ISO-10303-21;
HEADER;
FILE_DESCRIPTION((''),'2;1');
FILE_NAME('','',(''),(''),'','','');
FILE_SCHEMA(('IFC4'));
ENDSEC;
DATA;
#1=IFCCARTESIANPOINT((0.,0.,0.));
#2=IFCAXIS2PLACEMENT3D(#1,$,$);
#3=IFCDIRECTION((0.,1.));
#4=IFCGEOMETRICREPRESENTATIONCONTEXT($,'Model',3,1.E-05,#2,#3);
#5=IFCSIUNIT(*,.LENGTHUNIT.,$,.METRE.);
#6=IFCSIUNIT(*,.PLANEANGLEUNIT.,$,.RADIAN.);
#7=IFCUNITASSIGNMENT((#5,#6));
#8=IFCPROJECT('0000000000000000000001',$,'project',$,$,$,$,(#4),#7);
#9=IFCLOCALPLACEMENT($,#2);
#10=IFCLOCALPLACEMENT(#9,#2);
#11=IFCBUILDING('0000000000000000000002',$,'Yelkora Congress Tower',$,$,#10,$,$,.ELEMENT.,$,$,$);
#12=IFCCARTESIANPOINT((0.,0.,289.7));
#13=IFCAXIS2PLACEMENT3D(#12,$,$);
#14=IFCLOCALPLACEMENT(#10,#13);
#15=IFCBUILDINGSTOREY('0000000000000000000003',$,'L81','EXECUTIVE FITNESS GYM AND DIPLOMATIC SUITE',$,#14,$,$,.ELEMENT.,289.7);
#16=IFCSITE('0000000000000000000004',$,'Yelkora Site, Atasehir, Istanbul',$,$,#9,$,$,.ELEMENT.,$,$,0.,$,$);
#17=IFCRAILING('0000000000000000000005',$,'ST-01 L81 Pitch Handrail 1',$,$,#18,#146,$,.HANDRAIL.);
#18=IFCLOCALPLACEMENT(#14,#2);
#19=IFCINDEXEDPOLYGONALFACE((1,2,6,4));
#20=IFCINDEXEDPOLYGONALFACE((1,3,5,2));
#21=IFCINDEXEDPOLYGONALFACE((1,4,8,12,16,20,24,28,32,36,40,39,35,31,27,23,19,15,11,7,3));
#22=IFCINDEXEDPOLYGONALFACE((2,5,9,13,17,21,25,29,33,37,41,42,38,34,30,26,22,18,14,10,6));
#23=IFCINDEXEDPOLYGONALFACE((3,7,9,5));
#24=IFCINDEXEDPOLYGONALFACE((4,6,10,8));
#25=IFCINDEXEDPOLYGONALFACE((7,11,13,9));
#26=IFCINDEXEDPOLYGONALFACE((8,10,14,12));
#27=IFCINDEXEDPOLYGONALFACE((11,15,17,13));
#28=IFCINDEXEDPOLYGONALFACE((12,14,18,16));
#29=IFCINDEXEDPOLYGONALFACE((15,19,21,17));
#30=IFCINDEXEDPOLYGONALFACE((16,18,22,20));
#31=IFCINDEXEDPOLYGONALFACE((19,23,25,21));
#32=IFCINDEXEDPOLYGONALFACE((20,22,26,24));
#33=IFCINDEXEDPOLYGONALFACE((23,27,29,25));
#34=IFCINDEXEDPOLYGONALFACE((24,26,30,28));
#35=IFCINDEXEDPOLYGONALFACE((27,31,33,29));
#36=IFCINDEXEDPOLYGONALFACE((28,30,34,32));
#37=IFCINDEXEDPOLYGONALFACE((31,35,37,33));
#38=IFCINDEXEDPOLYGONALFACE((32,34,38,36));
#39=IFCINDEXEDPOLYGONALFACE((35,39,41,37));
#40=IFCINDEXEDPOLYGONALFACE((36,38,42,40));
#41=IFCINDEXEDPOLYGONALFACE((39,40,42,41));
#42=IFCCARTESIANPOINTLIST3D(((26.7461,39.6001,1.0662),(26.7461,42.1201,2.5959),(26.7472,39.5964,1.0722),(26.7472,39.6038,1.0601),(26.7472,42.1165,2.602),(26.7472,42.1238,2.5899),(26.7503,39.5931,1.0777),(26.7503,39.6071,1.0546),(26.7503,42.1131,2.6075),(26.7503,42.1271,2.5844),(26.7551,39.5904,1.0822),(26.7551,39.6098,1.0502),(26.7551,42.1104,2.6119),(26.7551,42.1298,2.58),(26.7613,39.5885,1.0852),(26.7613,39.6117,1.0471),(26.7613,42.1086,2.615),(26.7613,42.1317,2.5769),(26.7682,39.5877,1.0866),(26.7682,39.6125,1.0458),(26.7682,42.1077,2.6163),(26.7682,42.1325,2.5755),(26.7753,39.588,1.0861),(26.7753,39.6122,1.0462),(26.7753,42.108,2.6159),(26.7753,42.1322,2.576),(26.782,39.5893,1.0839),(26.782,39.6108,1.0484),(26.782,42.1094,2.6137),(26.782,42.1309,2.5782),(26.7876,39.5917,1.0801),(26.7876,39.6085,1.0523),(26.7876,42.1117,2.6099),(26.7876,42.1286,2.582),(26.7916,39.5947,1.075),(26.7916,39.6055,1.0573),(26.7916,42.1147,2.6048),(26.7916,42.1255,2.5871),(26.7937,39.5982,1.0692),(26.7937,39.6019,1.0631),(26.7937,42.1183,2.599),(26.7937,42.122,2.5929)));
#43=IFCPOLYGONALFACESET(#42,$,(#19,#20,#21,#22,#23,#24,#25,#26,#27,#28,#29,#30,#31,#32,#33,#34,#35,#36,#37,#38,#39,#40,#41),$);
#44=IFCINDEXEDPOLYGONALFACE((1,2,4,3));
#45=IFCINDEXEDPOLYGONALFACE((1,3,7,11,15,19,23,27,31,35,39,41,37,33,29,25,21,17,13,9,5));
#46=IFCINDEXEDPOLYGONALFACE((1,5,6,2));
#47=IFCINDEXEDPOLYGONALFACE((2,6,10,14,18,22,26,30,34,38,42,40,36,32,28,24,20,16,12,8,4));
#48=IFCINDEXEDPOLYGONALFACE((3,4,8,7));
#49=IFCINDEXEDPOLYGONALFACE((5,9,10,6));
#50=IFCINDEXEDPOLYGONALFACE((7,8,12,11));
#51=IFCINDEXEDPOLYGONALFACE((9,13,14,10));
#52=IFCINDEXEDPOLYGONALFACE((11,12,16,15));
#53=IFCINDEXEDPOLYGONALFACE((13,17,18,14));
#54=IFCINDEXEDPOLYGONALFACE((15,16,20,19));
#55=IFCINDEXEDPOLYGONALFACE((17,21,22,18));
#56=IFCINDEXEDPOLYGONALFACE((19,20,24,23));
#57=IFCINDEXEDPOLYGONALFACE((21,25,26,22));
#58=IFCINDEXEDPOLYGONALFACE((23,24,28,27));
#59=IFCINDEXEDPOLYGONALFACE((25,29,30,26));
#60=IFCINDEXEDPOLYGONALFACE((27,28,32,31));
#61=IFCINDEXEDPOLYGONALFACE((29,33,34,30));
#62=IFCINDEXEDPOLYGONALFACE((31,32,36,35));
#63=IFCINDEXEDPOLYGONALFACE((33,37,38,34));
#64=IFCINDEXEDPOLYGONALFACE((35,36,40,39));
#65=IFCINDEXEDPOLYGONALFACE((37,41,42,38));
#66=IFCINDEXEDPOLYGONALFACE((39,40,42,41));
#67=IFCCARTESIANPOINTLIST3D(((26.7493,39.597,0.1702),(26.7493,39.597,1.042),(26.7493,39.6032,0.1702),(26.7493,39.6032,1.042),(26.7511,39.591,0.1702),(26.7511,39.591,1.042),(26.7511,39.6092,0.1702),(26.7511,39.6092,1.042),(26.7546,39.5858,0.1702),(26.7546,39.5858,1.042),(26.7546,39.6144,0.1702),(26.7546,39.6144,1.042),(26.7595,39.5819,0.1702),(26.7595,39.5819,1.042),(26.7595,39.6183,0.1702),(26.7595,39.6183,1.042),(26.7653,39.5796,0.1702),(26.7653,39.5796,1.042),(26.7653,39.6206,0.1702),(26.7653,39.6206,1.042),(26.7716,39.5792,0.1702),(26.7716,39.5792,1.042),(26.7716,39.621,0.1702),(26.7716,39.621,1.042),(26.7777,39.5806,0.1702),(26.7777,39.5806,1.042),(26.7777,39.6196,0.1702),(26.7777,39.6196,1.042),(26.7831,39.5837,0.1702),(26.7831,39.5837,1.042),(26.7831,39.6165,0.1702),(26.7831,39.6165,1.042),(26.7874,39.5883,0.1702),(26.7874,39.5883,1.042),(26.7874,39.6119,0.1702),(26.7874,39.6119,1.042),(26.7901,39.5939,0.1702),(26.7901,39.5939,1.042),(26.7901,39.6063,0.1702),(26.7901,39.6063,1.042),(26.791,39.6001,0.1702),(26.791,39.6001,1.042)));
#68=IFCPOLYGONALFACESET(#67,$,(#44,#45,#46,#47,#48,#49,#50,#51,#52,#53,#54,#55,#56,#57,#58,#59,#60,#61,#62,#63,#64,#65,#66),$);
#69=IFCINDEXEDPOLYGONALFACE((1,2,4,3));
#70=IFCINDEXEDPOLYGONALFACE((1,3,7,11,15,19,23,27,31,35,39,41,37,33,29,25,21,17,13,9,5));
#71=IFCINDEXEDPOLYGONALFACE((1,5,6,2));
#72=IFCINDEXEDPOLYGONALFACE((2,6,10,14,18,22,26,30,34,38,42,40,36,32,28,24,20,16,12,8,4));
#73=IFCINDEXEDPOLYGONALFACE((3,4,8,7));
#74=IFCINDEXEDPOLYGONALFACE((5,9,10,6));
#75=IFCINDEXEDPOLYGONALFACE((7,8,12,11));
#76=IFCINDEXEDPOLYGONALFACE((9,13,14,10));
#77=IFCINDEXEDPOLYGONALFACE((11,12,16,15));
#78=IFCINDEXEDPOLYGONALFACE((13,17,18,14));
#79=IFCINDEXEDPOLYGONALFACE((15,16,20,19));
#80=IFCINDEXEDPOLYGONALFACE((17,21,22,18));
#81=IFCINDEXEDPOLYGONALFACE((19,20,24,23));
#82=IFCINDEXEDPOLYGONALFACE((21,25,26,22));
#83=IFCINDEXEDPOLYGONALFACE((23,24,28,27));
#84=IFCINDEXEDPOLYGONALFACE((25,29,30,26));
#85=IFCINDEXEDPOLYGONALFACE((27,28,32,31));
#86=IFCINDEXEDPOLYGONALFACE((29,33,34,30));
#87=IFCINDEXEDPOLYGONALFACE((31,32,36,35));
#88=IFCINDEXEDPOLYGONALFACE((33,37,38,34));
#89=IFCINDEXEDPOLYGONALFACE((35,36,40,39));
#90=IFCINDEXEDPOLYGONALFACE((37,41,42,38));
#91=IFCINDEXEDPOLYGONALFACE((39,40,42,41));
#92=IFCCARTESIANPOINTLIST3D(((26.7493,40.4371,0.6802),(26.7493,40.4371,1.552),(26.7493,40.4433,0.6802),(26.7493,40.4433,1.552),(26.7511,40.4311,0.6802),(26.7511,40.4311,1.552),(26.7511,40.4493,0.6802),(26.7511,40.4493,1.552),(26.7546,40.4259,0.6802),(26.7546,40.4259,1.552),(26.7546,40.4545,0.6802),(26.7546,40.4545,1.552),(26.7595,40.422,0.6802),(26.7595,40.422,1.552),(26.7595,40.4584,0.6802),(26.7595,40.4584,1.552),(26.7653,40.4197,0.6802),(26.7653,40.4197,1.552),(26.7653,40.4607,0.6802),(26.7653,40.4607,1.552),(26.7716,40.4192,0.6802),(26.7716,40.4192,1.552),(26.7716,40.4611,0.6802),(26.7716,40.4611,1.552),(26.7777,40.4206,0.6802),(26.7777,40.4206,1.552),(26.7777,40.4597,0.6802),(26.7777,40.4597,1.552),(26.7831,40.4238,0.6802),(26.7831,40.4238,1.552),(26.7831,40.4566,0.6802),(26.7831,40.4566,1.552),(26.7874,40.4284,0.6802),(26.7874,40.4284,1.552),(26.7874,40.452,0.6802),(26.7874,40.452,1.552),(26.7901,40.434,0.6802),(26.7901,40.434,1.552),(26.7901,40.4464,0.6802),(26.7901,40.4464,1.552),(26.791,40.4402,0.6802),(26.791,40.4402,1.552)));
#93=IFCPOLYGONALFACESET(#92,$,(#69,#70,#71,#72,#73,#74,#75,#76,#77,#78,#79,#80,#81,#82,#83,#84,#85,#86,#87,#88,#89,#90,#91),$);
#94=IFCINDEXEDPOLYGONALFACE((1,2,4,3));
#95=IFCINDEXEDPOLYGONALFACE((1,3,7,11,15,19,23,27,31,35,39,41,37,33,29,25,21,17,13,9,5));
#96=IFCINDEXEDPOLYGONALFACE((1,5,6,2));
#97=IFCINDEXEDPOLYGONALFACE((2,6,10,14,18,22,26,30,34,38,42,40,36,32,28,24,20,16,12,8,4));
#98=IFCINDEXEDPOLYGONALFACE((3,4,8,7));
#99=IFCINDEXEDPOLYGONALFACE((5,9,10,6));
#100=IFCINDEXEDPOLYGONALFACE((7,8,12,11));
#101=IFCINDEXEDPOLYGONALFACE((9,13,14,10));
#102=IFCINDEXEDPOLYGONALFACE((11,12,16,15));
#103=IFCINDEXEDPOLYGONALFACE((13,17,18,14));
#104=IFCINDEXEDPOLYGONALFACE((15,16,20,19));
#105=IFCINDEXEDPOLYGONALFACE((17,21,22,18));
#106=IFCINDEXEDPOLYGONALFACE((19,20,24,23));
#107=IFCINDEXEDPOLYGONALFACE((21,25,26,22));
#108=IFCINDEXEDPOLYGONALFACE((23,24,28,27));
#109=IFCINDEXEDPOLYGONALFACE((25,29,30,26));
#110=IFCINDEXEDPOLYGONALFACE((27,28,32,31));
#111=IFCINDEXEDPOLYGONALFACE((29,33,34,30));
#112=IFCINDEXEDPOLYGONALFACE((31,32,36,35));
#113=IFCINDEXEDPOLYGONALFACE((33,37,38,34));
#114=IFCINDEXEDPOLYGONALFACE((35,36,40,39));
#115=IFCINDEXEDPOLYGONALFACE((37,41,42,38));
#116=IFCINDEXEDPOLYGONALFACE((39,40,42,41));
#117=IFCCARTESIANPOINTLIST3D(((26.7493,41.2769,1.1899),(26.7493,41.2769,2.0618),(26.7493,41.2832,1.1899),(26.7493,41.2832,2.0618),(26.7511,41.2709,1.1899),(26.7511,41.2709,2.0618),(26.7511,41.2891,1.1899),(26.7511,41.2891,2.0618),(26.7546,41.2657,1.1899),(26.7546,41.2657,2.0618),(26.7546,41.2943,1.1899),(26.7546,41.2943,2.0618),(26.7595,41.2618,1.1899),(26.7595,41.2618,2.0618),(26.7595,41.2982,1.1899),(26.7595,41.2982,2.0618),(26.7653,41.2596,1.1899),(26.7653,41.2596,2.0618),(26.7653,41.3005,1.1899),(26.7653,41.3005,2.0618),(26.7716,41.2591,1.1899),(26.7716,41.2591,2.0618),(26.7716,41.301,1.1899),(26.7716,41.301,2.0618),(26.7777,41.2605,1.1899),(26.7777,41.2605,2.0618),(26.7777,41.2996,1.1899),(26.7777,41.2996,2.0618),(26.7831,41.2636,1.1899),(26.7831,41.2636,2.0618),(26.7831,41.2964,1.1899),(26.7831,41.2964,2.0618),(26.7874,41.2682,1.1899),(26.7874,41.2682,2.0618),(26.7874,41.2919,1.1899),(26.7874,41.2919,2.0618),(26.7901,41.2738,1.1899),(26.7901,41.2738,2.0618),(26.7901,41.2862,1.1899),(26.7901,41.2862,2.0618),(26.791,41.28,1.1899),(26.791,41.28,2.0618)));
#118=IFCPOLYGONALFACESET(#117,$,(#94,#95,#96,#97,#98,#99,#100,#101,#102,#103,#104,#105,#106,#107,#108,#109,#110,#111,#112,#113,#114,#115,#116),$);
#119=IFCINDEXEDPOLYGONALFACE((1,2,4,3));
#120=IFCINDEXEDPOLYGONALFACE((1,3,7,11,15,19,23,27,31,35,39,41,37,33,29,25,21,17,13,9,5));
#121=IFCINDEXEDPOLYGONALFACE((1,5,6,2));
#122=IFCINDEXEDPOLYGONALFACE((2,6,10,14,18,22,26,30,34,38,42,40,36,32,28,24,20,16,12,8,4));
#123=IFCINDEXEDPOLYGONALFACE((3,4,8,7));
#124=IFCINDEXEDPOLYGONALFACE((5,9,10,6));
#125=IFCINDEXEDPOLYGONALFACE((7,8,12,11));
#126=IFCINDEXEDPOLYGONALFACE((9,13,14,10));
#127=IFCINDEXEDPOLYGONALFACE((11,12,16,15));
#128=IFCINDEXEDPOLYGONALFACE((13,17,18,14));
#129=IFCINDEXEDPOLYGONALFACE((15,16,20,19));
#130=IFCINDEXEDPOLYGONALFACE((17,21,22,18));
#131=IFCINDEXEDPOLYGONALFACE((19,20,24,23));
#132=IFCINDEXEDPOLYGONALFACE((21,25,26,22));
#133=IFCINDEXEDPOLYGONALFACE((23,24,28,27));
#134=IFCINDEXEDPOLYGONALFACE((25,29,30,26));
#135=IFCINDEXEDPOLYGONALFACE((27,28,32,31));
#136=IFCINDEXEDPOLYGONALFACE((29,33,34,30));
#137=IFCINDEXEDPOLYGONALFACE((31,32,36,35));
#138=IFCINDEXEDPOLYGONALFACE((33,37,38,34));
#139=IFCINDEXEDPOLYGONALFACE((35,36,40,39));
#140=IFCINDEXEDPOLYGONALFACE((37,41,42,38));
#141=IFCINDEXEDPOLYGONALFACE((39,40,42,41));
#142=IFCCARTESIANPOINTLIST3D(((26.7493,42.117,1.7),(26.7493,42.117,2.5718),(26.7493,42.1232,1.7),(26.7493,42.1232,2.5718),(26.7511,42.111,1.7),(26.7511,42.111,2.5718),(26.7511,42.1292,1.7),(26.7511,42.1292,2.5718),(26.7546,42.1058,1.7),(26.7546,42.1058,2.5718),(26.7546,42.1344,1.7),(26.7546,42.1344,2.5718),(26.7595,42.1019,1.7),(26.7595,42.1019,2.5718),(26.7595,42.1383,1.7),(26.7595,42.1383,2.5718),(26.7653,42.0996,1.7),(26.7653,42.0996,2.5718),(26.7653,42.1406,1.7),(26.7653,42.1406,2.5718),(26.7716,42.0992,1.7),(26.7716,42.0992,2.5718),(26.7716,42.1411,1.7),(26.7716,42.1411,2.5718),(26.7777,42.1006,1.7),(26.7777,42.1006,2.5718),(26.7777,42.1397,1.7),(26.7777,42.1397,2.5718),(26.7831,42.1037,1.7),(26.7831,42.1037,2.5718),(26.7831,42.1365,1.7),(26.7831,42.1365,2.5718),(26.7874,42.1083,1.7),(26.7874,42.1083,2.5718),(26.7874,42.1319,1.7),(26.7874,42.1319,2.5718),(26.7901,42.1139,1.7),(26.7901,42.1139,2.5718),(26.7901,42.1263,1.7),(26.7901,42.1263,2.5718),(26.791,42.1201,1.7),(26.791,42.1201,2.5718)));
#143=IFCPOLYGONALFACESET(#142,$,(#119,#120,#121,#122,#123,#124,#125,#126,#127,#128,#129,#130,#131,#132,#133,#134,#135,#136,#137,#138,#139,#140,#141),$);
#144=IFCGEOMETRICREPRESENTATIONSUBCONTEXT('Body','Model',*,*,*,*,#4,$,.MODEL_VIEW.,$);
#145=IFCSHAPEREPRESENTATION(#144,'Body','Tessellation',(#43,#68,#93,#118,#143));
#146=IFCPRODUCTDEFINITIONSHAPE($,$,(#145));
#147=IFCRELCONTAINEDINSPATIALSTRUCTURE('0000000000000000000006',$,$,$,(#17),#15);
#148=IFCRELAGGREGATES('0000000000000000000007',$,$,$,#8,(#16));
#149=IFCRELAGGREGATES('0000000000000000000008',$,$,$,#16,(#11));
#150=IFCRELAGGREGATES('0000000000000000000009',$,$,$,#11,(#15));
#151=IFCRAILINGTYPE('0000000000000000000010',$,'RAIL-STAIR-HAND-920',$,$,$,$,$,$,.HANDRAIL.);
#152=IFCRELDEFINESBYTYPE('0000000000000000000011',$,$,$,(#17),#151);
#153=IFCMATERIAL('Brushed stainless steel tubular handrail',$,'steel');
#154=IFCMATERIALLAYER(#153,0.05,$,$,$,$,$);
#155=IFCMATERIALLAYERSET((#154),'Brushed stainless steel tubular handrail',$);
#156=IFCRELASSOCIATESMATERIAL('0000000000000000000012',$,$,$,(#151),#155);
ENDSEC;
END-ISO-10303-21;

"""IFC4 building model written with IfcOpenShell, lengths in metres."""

from ifc_helpers import new_model, si_unit, direction, frame, origin, origin_2d, place, context, subcontext, project, spatial, circle, extrude, material, layer, layer_set, type_object, element, save


model = new_model("IFC4")

# Units and contexts
model_context = context("Model", 3, precision=1e-05, world=origin(), true_north=direction((0.0, 1.0)))
body_context = subcontext(model_context, "Body", "Model", "MODEL_VIEW")
ifc_project = project(units=[si_unit("LENGTHUNIT", "METRE"), si_unit("PLANEANGLEUNIT", "RADIAN")], contexts=[model_context])

# Site, building, storey
site_placement = place(None, origin())
site = spatial("IfcSite", under=ifc_project, at=site_placement, Name="Yelkora Site, Atasehir, Istanbul", CompositionType="ELEMENT", RefElevation=0.0)
building_placement = place(site_placement, origin())
building = spatial("IfcBuilding", under=site, at=building_placement, Name="Yelkora Congress Tower", CompositionType="ELEMENT")
storey_placement = place(building_placement, frame((0.0, 0.0, 289.7)))
storey = spatial("IfcBuildingStorey", under=building, at=storey_placement, Name="L81", Description="EXECUTIVE FITNESS GYM AND DIPLOMATIC SUITE", CompositionType="ELEMENT", Elevation=289.7)

# Railing
ifc_material_1 = material(Name="Brushed stainless steel tubular handrail", Category="steel")
ifc_layer_1 = layer(ifc_material_1, 0.05)
ifc_layer_set_1 = layer_set([ifc_layer_1], Name="Brushed stainless steel tubular handrail")
railing_type_1 = type_object("IfcRailingType", Name="RAIL-STAIR-HAND-920", PredefinedType="HANDRAIL", material=ifc_layer_set_1)
railing_1_placement = place(storey_placement, frame((26.77, 39.6001, 0.1702)))
element("IfcRailing", 1, at=railing_1_placement, inside=storey, type_object=railing_type_1, Name="ST-01 L81 Pitch Handrail 1", PredefinedType="HANDRAIL", context=body_context, shape_type="SweptSolid", body=[
    extrude(circle(Radius=0.0239, at=origin_2d()), frame((0.0, 0.0, 0.896), z_axis=(0.0, 0.854822, 0.518922), x_axis=(-1.0, 0.0, 0.0)), (0.0, 0.0, 1.0), 2.948),
    extrude(circle(Radius=0.021, at=origin_2d()), origin(), (0.0, 0.0, 1.0), 0.8718),
    extrude(circle(Radius=0.021, at=origin_2d()), frame((0.0, 0.8401, 0.51)), (0.0, 0.0, 1.0), 0.8718),
    extrude(circle(Radius=0.021, at=origin_2d()), frame((0.0, 1.6799, 1.0198)), (0.0, 0.0, 1.0), 0.8718),
    extrude(circle(Radius=0.021, at=origin_2d()), frame((0.0, 2.52, 1.5298)), (0.0, 0.0, 1.0), 0.8718),
])

save(model, "model.ifc")
